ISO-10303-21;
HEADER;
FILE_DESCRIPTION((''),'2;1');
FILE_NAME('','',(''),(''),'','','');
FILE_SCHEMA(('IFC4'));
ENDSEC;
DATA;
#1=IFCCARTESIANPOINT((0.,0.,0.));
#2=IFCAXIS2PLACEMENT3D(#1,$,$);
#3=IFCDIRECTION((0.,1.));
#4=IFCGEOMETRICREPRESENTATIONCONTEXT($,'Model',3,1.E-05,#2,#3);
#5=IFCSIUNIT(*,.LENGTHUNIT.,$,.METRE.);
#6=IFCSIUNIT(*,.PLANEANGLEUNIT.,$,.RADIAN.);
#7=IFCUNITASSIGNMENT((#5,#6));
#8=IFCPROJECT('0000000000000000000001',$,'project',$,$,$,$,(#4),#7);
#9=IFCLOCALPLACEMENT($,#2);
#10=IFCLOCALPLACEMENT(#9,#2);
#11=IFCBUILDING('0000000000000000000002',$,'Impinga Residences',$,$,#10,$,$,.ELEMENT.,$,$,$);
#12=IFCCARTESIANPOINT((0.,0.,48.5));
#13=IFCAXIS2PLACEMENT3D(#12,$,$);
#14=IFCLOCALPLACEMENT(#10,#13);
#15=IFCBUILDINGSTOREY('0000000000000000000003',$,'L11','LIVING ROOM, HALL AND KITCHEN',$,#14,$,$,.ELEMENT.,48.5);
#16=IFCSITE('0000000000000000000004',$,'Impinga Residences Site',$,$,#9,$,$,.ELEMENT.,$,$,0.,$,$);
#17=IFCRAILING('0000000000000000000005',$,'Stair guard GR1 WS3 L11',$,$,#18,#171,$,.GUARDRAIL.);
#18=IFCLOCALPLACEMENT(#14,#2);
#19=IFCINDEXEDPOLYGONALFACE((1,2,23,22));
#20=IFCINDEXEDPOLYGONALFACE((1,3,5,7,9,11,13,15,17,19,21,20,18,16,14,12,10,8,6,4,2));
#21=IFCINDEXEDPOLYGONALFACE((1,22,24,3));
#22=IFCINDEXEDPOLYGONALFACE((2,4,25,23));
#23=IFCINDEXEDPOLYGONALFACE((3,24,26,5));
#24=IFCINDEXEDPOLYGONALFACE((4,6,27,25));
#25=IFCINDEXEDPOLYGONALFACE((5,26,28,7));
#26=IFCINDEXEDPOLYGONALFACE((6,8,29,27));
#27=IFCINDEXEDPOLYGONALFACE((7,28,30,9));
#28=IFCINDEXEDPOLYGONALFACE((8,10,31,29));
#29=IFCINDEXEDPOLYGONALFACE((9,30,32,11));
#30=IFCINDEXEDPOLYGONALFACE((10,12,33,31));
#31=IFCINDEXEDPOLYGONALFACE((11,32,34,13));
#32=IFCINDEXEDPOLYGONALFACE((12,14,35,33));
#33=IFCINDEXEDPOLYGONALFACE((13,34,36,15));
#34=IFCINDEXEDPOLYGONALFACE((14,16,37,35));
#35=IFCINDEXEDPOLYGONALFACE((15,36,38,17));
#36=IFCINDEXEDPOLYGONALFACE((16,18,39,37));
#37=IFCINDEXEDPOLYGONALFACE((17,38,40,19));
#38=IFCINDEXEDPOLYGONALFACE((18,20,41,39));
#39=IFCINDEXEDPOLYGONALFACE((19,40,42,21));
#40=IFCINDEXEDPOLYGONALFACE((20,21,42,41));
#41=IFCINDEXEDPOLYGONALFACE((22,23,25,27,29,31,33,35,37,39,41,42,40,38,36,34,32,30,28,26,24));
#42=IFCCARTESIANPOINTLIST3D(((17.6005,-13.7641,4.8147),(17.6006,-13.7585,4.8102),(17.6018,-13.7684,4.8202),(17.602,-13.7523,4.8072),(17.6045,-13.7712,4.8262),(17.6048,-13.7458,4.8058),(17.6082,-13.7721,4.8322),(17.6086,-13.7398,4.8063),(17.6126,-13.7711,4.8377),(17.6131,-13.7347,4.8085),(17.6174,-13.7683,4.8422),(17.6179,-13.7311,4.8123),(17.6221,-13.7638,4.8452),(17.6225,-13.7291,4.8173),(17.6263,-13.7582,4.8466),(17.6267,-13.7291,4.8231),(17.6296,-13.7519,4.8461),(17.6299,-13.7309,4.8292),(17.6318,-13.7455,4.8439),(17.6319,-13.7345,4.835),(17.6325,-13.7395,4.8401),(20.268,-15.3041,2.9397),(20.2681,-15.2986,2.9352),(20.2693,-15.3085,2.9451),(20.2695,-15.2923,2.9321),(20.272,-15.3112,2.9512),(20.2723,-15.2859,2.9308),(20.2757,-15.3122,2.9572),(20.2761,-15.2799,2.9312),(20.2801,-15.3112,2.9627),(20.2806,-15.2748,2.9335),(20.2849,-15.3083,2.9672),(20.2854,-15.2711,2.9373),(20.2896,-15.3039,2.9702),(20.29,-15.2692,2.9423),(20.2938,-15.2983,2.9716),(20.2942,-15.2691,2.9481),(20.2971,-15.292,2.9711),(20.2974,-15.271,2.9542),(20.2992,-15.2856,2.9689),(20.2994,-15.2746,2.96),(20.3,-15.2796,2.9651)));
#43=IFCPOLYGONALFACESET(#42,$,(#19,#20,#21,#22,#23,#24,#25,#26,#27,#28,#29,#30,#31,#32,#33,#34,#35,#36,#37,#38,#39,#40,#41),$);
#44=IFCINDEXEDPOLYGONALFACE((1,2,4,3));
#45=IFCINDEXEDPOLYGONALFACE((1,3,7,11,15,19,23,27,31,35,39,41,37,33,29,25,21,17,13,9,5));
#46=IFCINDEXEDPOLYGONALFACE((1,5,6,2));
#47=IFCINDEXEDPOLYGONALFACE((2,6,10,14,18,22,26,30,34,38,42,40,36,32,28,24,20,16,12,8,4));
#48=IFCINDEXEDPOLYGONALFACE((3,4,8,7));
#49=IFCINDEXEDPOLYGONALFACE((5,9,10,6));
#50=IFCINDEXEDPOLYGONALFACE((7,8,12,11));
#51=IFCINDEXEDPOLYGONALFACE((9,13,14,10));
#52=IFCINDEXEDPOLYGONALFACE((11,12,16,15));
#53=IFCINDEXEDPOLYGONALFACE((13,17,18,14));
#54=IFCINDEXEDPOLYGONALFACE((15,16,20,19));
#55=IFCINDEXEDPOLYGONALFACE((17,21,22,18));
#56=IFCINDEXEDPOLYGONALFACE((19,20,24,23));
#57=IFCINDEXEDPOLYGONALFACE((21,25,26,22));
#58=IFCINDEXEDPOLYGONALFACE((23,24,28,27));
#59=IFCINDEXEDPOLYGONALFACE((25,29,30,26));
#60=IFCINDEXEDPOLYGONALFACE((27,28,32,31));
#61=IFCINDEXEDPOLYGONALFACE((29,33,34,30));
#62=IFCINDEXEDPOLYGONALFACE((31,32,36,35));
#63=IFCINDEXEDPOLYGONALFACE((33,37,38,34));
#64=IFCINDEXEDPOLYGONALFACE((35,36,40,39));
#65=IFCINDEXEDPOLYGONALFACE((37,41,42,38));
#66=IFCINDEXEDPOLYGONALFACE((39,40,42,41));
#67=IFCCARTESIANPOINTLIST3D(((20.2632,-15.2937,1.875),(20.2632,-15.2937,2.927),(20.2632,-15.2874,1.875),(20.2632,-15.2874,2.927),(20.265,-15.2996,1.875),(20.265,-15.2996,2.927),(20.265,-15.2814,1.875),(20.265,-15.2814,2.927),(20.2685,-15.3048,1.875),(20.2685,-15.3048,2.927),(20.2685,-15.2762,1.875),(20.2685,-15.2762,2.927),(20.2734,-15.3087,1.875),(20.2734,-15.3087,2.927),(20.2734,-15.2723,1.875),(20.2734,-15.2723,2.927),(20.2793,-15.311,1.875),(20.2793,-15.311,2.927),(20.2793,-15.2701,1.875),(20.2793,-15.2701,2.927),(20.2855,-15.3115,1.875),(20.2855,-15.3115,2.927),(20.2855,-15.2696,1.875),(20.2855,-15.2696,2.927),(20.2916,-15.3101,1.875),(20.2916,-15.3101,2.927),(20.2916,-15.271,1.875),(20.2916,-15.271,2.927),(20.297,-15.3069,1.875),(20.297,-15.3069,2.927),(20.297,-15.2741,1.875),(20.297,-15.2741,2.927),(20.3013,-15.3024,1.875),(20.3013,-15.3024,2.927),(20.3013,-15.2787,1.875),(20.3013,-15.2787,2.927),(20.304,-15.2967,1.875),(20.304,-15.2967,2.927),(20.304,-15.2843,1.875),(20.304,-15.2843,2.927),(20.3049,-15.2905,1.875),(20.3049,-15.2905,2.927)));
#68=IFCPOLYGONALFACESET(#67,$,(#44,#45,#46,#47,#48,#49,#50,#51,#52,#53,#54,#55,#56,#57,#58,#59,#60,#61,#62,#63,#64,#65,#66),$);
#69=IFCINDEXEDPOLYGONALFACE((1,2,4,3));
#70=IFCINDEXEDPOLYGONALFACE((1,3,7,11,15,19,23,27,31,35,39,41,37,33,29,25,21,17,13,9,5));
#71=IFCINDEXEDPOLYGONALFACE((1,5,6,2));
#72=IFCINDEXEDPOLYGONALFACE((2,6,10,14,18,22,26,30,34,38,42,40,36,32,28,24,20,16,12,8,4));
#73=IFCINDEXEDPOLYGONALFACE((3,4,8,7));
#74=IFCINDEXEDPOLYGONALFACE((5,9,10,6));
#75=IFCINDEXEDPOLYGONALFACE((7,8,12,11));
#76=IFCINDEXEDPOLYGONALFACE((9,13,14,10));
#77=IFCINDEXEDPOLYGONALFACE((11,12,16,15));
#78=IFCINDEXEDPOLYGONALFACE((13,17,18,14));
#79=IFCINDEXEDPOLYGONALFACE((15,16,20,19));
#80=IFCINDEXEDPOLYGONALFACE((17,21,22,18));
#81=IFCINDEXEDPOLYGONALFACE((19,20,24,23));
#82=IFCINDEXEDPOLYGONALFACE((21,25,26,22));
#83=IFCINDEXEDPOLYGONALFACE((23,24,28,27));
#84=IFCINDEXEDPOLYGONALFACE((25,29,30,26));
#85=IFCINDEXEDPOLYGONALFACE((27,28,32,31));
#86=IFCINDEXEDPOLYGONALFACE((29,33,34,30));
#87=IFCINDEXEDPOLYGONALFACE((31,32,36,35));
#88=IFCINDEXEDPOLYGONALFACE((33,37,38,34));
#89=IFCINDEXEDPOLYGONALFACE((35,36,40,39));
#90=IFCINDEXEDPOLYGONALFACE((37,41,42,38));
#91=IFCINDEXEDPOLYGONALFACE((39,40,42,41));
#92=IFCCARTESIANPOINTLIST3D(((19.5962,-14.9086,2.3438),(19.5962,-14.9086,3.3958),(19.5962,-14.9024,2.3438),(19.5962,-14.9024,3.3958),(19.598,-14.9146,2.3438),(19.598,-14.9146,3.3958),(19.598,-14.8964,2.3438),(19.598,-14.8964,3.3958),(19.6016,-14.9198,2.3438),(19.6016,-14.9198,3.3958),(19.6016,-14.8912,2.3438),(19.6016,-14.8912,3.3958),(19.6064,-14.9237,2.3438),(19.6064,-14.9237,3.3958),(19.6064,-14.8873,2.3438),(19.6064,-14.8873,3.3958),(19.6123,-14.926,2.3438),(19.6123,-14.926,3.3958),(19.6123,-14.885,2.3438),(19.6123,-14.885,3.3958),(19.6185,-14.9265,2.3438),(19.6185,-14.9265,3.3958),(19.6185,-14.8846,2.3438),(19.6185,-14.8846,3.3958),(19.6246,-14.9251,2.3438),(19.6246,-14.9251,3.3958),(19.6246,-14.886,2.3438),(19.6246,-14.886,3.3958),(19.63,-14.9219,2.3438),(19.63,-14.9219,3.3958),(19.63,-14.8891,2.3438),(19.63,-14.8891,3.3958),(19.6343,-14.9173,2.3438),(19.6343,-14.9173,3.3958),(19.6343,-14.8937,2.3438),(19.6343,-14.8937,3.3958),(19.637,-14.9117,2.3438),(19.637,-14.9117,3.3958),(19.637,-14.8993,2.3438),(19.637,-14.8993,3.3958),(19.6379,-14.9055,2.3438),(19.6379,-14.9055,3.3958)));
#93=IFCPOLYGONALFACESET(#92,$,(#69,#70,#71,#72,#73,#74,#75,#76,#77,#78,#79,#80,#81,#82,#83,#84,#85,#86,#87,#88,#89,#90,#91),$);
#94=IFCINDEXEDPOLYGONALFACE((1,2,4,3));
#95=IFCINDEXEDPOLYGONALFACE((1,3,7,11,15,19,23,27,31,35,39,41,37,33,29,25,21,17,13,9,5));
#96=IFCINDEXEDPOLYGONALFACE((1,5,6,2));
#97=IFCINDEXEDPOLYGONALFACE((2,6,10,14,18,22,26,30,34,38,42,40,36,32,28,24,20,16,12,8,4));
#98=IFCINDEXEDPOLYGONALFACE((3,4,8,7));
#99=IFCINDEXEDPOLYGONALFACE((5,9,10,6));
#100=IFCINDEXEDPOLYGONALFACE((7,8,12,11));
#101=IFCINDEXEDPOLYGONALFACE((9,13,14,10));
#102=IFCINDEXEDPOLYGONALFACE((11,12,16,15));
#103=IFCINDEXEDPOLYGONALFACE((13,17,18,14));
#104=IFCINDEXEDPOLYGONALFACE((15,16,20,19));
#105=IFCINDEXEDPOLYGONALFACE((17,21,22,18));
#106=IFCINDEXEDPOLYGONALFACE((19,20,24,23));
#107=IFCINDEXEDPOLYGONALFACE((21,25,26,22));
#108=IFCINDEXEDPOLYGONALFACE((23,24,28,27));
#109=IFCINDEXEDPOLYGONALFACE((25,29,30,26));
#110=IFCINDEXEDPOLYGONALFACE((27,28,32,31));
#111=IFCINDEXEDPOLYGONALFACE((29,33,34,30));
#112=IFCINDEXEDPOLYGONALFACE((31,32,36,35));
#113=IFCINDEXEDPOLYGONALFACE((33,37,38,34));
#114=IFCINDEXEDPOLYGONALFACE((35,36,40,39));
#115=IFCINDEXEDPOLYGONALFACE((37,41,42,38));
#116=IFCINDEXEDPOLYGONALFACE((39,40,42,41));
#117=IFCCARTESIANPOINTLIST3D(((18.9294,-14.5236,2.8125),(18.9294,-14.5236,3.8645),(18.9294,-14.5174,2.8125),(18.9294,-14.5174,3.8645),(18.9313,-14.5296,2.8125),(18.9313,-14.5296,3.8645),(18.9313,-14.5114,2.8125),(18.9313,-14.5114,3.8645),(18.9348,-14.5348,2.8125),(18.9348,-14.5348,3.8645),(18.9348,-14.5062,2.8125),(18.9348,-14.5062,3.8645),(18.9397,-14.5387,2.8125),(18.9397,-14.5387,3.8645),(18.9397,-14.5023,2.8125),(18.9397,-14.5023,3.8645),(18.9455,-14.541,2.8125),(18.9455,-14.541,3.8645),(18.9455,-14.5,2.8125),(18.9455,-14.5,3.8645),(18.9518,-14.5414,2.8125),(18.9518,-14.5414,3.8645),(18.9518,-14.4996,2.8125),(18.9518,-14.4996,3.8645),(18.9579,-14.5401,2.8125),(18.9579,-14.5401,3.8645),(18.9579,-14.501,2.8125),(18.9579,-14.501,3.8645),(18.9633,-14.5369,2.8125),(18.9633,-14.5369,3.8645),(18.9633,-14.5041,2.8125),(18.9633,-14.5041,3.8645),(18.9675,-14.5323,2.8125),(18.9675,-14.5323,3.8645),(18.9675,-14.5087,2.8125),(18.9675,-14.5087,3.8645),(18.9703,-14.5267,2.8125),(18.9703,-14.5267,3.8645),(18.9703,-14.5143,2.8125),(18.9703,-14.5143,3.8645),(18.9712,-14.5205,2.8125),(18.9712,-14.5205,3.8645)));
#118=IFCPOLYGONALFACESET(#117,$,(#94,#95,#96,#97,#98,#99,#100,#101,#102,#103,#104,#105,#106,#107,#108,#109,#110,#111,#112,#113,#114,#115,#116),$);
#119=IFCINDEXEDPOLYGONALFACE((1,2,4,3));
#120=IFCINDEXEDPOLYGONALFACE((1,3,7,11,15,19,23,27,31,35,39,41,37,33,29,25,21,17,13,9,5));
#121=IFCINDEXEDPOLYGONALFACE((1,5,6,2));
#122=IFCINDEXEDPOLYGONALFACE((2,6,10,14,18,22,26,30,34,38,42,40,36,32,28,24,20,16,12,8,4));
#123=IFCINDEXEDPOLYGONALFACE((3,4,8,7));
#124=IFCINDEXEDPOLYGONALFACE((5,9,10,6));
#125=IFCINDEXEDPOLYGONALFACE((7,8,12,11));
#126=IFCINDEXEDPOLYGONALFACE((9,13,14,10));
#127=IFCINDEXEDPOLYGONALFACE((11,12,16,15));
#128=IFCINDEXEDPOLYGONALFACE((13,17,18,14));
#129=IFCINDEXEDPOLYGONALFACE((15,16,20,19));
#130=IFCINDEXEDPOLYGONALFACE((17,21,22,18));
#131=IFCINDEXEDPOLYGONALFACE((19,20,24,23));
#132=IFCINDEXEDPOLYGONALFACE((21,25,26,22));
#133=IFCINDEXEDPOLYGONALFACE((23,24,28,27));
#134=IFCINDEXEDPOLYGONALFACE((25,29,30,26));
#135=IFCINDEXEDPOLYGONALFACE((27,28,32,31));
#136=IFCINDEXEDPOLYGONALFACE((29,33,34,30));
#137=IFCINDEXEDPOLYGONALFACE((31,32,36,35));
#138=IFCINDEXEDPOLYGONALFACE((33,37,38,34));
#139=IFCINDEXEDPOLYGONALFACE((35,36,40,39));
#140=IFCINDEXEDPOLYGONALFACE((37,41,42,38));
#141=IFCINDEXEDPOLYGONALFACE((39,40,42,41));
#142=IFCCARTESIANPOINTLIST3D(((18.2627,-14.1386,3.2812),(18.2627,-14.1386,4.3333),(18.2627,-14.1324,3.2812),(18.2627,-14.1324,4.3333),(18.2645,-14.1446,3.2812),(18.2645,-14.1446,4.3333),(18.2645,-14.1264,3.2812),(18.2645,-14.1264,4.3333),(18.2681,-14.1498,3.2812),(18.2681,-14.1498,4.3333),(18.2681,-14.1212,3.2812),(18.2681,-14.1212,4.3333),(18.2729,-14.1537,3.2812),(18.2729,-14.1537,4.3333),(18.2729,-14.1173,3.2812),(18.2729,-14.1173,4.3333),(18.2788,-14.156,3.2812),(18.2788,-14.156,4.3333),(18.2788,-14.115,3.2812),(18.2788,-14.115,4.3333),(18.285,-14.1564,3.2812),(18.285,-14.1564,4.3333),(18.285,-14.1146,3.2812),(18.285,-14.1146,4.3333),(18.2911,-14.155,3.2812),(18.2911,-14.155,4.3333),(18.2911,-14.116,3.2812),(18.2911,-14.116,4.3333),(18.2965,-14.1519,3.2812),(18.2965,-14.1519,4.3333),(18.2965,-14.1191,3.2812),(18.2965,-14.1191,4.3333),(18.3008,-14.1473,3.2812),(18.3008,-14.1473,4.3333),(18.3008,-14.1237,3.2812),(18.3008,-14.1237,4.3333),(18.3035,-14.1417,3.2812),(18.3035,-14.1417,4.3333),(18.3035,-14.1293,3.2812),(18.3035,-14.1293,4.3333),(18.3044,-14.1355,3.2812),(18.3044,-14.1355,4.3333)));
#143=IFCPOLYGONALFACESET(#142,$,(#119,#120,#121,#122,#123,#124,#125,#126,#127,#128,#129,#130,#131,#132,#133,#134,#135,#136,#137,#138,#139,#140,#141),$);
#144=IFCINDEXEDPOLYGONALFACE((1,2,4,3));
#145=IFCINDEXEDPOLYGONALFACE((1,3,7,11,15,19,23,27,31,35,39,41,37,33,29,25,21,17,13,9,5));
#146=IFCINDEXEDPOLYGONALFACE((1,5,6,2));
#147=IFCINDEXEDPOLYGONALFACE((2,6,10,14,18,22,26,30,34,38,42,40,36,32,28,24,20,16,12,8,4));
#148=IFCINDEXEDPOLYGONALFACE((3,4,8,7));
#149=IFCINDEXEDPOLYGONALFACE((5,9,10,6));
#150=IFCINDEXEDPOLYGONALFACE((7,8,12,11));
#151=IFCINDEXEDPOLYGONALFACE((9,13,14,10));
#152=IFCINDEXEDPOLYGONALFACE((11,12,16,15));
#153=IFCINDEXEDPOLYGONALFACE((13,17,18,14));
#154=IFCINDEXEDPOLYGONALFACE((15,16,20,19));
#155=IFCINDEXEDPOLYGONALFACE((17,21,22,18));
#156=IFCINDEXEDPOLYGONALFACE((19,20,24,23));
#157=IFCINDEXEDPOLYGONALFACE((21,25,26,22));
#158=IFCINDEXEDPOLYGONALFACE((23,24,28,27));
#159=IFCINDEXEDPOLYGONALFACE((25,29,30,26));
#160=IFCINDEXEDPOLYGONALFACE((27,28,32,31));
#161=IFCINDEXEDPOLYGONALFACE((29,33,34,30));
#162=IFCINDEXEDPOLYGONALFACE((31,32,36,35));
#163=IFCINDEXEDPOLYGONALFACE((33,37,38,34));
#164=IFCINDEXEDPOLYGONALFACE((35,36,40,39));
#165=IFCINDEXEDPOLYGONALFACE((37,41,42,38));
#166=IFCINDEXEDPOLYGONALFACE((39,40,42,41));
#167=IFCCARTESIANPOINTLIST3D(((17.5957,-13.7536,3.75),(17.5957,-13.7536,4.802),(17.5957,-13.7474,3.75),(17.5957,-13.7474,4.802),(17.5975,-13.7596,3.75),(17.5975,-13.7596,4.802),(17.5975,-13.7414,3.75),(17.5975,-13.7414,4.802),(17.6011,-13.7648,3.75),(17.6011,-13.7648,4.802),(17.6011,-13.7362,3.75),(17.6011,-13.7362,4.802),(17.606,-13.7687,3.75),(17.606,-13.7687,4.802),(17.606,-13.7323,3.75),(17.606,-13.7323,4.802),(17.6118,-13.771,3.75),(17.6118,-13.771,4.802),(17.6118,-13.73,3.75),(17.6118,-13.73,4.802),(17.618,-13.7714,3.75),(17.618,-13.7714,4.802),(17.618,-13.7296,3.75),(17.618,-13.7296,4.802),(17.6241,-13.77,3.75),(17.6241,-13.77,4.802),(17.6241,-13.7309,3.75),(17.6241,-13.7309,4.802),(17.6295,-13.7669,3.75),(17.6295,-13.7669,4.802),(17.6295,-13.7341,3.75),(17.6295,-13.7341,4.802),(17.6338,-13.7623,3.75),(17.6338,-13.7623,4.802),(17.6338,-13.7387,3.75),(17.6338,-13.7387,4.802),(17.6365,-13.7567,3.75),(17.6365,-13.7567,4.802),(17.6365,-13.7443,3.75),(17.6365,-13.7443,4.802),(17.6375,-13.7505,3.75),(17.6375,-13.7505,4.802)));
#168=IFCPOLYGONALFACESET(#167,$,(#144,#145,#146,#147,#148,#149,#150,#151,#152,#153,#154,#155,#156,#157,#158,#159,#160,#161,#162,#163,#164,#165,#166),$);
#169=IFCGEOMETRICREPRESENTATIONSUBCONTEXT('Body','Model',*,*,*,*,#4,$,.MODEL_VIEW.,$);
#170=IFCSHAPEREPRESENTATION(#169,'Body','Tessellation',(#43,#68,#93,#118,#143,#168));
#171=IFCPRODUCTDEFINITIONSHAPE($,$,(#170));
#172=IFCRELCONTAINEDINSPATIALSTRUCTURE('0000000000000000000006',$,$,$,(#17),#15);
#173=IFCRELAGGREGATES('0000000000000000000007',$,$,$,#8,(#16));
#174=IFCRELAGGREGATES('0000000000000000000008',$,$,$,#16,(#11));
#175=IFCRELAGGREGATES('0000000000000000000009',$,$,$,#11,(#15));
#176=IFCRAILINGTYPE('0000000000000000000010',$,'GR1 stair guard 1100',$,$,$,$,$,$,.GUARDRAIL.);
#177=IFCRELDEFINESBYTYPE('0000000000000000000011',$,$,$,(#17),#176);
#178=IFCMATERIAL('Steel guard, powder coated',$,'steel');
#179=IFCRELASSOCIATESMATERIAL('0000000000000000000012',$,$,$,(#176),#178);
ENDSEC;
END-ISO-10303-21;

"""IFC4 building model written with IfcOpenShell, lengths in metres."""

from ifc_helpers import new_model, si_unit, direction, frame, origin, origin_2d, place, context, subcontext, project, spatial, circle, extrude, material, type_object, element, save


model = new_model("IFC4")

# Units and contexts
model_context = context("Model", 3, precision=1e-05, world=origin(), true_north=direction((0.0, 1.0)))
body_context = subcontext(model_context, "Body", "Model", "MODEL_VIEW")
ifc_project = project(units=[si_unit("LENGTHUNIT", "METRE"), si_unit("PLANEANGLEUNIT", "RADIAN")], contexts=[model_context])

# Site, building, storey
site_placement = place(None, origin())
site = spatial("IfcSite", under=ifc_project, at=site_placement, Name="Impinga Residences Site", CompositionType="ELEMENT", RefElevation=0.0)
building_placement = place(site_placement, origin())
building = spatial("IfcBuilding", under=site, at=building_placement, Name="Impinga Residences", CompositionType="ELEMENT")
storey_placement = place(building_placement, frame((0.0, 0.0, 48.5)))
storey = spatial("IfcBuildingStorey", under=building, at=storey_placement, Name="L11", Description="LIVING ROOM, HALL AND KITCHEN", CompositionType="ELEMENT", Elevation=48.5)

# Railing
ifc_material_1 = material(Name="Steel guard, powder coated", Category="steel")
railing_type_1 = type_object("IfcRailingType", Name="GR1 stair guard 1100", PredefinedType="GUARDRAIL", material=ifc_material_1)
railing_1_placement = place(storey_placement, frame((20.2839, -15.2905, 1.875)))
element("IfcRailing", 1, at=railing_1_placement, inside=storey, type_object=railing_type_1, Name="Stair guard GR1 WS3 L11", PredefinedType="GUARDRAIL", context=body_context, shape_type="SweptSolid", body=[
    extrude(circle(Radius=0.0239, at=origin_2d()), frame((0.0, 0.0, 1.0762), z_axis=(-0.739746, 0.427084, 0.519975), x_axis=(-0.499992, -0.86603, 0.0)), (0.0, 0.0, 1.0), 3.606),
    extrude(circle(Radius=0.021, at=origin_2d()), origin(), (0.0, 0.0, 1.0), 1.052),
    extrude(circle(Radius=0.021, at=origin_2d()), frame((-0.667, 0.385, 0.4688)), (0.0, 0.0, 1.0), 1.052),
    extrude(circle(Radius=0.021, at=origin_2d()), frame((-1.3337, 0.77, 0.9375)), (0.0, 0.0, 1.0), 1.052),
    extrude(circle(Radius=0.021, at=origin_2d()), frame((-2.0005, 1.155, 1.4062)), (0.0, 0.0, 1.0), 1.052),
    extrude(circle(Radius=0.021, at=origin_2d()), frame((-2.6675, 1.54, 1.875)), (0.0, 0.0, 1.0), 1.052),
])

save(model, "model.ifc")
